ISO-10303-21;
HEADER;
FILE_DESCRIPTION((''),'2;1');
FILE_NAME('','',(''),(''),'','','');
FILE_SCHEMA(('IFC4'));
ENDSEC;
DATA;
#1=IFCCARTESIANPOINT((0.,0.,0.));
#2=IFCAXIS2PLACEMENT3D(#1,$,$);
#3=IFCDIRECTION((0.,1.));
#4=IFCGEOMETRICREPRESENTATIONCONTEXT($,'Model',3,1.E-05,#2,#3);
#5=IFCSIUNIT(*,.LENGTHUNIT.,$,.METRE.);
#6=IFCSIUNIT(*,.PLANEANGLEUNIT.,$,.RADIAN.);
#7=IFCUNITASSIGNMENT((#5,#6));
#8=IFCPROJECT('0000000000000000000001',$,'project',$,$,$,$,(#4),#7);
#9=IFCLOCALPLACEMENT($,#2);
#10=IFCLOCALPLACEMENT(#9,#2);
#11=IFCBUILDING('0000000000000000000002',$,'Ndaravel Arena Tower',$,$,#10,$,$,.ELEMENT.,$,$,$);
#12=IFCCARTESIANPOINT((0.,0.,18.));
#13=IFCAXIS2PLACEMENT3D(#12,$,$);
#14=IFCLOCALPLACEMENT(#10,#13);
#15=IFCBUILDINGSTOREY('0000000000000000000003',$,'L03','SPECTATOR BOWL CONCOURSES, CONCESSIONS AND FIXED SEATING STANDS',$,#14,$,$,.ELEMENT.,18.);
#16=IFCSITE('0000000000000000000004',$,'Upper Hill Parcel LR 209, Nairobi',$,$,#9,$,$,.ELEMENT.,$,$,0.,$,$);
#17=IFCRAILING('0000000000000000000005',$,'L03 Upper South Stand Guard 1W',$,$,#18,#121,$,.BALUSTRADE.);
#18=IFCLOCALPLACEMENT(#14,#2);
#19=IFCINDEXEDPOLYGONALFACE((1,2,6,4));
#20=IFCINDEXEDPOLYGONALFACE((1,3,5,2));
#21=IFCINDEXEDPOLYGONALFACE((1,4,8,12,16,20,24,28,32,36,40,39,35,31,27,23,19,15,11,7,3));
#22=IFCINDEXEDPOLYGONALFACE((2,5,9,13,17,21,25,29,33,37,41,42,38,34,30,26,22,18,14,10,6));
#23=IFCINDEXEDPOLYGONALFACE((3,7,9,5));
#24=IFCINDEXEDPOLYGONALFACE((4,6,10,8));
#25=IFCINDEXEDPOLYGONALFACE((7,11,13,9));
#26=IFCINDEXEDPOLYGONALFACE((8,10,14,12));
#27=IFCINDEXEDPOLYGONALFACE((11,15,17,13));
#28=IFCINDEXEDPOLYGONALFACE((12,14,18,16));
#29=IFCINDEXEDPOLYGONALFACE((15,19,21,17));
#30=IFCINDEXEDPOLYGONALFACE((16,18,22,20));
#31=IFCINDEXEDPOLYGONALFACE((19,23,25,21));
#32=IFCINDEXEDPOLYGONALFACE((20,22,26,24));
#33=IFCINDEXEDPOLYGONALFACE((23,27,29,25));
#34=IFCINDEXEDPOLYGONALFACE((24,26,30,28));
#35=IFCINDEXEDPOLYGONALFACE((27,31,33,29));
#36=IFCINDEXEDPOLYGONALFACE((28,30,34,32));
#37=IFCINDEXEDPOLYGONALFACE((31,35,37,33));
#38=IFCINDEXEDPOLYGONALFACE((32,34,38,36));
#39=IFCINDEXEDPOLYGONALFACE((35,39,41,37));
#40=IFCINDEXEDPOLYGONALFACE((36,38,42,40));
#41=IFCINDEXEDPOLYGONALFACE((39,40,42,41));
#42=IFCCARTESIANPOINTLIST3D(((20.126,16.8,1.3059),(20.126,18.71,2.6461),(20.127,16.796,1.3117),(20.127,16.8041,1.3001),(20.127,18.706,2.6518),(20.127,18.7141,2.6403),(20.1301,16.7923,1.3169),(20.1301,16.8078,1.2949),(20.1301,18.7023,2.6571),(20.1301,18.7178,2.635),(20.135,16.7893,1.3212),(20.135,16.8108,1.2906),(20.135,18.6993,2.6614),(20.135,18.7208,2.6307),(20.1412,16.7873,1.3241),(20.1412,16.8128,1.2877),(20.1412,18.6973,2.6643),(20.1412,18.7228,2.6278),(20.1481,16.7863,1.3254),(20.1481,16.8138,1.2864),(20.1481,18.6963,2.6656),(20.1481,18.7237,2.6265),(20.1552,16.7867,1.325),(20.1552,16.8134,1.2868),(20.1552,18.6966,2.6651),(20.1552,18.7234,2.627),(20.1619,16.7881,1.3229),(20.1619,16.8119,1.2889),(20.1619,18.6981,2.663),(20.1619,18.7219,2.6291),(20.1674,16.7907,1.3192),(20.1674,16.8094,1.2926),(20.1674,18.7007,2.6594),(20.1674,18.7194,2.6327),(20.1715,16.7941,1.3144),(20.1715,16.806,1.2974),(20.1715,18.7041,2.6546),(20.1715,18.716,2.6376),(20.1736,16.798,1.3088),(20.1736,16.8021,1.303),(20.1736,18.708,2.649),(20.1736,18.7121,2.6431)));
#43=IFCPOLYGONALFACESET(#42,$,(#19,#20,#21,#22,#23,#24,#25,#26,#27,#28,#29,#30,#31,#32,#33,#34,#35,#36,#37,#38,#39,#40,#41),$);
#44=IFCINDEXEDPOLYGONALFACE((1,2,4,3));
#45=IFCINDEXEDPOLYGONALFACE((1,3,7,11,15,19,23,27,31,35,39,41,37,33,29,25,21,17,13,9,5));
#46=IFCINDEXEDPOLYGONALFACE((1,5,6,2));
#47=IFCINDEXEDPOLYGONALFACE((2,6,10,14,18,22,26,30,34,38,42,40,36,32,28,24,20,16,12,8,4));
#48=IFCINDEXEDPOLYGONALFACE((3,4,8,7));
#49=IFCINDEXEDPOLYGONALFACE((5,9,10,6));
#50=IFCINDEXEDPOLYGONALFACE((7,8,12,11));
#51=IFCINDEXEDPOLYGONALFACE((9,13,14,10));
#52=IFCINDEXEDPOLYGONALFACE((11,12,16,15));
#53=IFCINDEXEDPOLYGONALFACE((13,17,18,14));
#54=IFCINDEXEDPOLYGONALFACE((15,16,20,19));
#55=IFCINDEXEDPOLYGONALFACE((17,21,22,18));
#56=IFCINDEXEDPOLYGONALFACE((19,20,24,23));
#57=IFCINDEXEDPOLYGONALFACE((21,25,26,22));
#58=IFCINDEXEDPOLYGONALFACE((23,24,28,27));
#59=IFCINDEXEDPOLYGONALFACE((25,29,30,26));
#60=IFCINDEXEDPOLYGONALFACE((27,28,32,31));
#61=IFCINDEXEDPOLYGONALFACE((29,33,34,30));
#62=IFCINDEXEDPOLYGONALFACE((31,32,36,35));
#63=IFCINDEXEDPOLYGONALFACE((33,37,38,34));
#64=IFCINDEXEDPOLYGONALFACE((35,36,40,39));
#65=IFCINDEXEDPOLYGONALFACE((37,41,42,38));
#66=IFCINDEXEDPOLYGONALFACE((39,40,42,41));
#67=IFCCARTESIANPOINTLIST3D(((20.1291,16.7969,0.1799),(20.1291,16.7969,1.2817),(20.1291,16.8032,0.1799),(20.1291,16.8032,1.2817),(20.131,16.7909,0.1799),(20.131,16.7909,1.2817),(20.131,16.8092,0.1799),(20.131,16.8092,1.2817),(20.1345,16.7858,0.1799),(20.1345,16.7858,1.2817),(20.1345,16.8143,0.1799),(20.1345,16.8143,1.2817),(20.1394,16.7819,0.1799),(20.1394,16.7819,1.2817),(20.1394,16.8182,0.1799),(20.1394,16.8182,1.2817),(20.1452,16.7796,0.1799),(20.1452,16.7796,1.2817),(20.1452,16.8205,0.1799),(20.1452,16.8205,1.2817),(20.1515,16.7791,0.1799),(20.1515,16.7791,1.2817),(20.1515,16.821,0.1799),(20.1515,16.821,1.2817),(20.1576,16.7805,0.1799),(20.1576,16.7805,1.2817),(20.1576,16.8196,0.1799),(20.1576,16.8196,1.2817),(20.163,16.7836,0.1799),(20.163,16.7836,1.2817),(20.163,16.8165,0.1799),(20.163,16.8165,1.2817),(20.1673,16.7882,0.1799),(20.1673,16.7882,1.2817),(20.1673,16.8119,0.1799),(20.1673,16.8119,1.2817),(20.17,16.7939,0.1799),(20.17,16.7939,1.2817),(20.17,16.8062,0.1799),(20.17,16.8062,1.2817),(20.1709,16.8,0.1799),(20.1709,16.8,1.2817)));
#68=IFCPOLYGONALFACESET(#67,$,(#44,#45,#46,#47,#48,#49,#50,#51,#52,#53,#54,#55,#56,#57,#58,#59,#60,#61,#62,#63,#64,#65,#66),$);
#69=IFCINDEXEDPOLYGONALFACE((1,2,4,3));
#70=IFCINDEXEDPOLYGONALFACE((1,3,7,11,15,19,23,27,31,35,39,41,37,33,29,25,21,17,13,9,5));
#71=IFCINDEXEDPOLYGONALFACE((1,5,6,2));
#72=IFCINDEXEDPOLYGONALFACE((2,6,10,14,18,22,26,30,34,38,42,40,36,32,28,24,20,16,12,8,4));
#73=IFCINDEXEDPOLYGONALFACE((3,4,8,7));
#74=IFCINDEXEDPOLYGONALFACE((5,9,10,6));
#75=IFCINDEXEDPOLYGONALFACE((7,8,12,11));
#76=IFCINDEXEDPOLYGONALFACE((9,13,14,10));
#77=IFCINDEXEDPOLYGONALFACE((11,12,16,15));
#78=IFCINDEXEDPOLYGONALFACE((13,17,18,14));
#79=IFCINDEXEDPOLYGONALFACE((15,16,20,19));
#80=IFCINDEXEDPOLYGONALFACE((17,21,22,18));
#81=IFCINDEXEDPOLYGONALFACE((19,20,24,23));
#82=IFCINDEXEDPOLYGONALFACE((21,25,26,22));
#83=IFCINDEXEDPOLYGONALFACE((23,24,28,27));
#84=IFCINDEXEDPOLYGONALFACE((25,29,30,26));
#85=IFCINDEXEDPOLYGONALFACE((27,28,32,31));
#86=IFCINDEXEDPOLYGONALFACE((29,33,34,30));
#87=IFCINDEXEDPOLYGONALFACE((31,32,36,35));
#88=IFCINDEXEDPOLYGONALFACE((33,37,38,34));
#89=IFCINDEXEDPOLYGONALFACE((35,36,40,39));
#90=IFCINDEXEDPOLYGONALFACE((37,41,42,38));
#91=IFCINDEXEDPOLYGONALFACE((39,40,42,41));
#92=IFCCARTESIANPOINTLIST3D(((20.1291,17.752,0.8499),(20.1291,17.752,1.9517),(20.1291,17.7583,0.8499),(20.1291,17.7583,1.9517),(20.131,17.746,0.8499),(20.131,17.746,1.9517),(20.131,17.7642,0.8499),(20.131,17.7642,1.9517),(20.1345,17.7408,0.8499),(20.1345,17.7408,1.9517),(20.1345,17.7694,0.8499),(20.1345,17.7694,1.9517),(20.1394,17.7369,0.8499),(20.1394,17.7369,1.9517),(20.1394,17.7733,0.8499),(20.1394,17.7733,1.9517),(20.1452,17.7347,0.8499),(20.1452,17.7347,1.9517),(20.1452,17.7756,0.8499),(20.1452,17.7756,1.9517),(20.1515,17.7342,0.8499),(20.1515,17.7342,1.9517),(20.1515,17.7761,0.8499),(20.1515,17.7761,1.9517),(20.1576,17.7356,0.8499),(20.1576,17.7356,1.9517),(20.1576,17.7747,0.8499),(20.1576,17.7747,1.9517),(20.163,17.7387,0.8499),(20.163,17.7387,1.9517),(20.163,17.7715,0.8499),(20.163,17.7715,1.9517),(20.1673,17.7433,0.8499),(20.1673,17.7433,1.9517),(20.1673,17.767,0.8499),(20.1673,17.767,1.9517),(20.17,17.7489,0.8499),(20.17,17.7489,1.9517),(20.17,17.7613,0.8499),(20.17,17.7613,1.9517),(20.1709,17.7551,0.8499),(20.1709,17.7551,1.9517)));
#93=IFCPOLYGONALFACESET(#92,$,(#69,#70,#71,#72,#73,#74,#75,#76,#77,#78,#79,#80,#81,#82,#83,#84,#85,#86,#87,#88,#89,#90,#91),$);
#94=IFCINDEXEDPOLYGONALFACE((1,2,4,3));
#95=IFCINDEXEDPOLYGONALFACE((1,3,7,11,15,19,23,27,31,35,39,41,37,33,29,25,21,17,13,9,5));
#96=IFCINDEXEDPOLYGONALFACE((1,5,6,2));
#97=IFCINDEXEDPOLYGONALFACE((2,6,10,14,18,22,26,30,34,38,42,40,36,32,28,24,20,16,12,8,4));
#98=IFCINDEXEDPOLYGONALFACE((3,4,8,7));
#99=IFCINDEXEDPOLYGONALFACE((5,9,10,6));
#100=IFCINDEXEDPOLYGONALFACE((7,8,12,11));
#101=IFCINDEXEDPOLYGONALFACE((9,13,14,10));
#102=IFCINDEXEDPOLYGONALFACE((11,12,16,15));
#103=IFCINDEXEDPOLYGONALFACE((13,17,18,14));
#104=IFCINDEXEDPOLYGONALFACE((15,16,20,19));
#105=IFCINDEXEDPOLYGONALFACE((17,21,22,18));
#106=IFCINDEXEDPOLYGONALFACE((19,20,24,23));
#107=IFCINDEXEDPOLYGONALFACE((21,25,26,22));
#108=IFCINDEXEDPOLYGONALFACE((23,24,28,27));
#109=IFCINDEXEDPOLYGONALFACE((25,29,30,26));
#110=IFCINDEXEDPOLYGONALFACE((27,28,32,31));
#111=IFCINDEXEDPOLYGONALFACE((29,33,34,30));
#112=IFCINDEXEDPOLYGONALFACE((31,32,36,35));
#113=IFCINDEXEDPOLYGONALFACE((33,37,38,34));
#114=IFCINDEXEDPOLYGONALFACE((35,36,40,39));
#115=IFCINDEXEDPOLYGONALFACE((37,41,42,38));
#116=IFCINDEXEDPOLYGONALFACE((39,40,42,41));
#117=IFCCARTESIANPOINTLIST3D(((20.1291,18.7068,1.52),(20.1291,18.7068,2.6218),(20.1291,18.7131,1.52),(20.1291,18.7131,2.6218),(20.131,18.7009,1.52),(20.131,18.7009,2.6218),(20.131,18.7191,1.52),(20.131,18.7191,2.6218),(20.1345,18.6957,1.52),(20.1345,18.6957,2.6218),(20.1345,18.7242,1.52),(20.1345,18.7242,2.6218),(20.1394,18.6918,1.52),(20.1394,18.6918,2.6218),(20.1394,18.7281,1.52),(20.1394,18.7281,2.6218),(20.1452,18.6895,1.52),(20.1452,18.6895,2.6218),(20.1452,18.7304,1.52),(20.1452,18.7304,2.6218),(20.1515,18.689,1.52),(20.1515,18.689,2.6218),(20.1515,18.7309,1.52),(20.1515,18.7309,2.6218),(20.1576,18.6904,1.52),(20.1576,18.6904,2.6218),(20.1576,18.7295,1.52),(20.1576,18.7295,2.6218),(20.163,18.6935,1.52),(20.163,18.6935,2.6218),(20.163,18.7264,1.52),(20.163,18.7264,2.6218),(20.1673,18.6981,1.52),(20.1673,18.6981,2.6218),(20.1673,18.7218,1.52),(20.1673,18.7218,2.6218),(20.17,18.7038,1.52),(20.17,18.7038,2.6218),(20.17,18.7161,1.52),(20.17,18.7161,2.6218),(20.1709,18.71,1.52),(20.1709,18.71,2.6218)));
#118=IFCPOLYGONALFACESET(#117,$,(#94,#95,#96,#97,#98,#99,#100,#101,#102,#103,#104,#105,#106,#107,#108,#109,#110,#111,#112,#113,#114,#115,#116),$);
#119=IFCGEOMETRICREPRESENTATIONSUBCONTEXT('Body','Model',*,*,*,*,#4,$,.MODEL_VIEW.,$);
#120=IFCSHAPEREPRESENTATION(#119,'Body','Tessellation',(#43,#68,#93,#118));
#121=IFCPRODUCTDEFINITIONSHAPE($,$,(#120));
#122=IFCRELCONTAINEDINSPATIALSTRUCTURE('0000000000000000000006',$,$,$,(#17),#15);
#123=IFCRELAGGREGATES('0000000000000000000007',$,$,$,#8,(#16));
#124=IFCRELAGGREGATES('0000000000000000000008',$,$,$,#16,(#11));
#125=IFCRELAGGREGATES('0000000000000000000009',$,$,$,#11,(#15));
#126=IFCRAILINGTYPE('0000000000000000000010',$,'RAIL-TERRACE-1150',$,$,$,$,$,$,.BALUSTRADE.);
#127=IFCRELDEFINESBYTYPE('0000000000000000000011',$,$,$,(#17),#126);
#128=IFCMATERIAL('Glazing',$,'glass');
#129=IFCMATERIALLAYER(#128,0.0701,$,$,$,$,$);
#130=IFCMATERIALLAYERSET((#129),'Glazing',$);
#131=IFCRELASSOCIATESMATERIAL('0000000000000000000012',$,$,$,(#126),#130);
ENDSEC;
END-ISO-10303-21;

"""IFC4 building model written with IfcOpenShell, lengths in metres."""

from ifc_helpers import new_model, si_unit, direction, frame, origin, origin_2d, place, context, subcontext, project, spatial, circle, extrude, material, layer, layer_set, type_object, element, save


model = new_model("IFC4")

# Units and contexts
model_context = context("Model", 3, precision=1e-05, world=origin(), true_north=direction((0.0, 1.0)))
body_context = subcontext(model_context, "Body", "Model", "MODEL_VIEW")
ifc_project = project(units=[si_unit("LENGTHUNIT", "METRE"), si_unit("PLANEANGLEUNIT", "RADIAN")], contexts=[model_context])

# Site, building, storey
site_placement = place(None, origin())
site = spatial("IfcSite", under=ifc_project, at=site_placement, Name="Upper Hill Parcel LR 209, Nairobi", CompositionType="ELEMENT", RefElevation=0.0)
building_placement = place(site_placement, origin())
building = spatial("IfcBuilding", under=site, at=building_placement, Name="Ndaravel Arena Tower", CompositionType="ELEMENT")
storey_placement = place(building_placement, frame((0.0, 0.0, 18.0)))
storey = spatial("IfcBuildingStorey", under=building, at=storey_placement, Name="L03", Description="SPECTATOR BOWL CONCOURSES, CONCESSIONS AND FIXED SEATING STANDS", CompositionType="ELEMENT", Elevation=18.0)

# Railing
ifc_material_1 = material(Name="Glazing", Category="glass")
ifc_layer_1 = layer(ifc_material_1, 0.0701)
ifc_layer_set_1 = layer_set([ifc_layer_1], Name="Glazing")
railing_type = type_object("IfcRailingType", Name="RAIL-TERRACE-1150", PredefinedType="BALUSTRADE", material=ifc_layer_set_1)
railing_1_placement = place(storey_placement, frame((20.1499, 16.8, 0.1799)))
element("IfcRailing", 1, at=railing_1_placement, inside=storey, type_object=railing_type, Name="L03 Upper South Stand Guard 1W", PredefinedType="BALUSTRADE", context=body_context, shape_type="SweptSolid", body=[
    extrude(circle(Radius=0.0239, at=origin_2d()), frame((0.0, 0.0, 1.126), z_axis=(0.0, 0.818597, 0.574368), x_axis=(-1.0, 0.0, 0.0)), (0.0, 0.0, 1.0), 2.3333),
    extrude(circle(Radius=0.021, at=origin_2d()), origin(), (0.0, 0.0, 1.0), 1.1018),
    extrude(circle(Radius=0.021, at=origin_2d()), frame((0.0, 0.9551, 0.6699)), (0.0, 0.0, 1.0), 1.1018),
    extrude(circle(Radius=0.021, at=origin_2d()), frame((0.0, 1.9099, 1.3401)), (0.0, 0.0, 1.0), 1.1018),
])

save(model, "model.ifc")
